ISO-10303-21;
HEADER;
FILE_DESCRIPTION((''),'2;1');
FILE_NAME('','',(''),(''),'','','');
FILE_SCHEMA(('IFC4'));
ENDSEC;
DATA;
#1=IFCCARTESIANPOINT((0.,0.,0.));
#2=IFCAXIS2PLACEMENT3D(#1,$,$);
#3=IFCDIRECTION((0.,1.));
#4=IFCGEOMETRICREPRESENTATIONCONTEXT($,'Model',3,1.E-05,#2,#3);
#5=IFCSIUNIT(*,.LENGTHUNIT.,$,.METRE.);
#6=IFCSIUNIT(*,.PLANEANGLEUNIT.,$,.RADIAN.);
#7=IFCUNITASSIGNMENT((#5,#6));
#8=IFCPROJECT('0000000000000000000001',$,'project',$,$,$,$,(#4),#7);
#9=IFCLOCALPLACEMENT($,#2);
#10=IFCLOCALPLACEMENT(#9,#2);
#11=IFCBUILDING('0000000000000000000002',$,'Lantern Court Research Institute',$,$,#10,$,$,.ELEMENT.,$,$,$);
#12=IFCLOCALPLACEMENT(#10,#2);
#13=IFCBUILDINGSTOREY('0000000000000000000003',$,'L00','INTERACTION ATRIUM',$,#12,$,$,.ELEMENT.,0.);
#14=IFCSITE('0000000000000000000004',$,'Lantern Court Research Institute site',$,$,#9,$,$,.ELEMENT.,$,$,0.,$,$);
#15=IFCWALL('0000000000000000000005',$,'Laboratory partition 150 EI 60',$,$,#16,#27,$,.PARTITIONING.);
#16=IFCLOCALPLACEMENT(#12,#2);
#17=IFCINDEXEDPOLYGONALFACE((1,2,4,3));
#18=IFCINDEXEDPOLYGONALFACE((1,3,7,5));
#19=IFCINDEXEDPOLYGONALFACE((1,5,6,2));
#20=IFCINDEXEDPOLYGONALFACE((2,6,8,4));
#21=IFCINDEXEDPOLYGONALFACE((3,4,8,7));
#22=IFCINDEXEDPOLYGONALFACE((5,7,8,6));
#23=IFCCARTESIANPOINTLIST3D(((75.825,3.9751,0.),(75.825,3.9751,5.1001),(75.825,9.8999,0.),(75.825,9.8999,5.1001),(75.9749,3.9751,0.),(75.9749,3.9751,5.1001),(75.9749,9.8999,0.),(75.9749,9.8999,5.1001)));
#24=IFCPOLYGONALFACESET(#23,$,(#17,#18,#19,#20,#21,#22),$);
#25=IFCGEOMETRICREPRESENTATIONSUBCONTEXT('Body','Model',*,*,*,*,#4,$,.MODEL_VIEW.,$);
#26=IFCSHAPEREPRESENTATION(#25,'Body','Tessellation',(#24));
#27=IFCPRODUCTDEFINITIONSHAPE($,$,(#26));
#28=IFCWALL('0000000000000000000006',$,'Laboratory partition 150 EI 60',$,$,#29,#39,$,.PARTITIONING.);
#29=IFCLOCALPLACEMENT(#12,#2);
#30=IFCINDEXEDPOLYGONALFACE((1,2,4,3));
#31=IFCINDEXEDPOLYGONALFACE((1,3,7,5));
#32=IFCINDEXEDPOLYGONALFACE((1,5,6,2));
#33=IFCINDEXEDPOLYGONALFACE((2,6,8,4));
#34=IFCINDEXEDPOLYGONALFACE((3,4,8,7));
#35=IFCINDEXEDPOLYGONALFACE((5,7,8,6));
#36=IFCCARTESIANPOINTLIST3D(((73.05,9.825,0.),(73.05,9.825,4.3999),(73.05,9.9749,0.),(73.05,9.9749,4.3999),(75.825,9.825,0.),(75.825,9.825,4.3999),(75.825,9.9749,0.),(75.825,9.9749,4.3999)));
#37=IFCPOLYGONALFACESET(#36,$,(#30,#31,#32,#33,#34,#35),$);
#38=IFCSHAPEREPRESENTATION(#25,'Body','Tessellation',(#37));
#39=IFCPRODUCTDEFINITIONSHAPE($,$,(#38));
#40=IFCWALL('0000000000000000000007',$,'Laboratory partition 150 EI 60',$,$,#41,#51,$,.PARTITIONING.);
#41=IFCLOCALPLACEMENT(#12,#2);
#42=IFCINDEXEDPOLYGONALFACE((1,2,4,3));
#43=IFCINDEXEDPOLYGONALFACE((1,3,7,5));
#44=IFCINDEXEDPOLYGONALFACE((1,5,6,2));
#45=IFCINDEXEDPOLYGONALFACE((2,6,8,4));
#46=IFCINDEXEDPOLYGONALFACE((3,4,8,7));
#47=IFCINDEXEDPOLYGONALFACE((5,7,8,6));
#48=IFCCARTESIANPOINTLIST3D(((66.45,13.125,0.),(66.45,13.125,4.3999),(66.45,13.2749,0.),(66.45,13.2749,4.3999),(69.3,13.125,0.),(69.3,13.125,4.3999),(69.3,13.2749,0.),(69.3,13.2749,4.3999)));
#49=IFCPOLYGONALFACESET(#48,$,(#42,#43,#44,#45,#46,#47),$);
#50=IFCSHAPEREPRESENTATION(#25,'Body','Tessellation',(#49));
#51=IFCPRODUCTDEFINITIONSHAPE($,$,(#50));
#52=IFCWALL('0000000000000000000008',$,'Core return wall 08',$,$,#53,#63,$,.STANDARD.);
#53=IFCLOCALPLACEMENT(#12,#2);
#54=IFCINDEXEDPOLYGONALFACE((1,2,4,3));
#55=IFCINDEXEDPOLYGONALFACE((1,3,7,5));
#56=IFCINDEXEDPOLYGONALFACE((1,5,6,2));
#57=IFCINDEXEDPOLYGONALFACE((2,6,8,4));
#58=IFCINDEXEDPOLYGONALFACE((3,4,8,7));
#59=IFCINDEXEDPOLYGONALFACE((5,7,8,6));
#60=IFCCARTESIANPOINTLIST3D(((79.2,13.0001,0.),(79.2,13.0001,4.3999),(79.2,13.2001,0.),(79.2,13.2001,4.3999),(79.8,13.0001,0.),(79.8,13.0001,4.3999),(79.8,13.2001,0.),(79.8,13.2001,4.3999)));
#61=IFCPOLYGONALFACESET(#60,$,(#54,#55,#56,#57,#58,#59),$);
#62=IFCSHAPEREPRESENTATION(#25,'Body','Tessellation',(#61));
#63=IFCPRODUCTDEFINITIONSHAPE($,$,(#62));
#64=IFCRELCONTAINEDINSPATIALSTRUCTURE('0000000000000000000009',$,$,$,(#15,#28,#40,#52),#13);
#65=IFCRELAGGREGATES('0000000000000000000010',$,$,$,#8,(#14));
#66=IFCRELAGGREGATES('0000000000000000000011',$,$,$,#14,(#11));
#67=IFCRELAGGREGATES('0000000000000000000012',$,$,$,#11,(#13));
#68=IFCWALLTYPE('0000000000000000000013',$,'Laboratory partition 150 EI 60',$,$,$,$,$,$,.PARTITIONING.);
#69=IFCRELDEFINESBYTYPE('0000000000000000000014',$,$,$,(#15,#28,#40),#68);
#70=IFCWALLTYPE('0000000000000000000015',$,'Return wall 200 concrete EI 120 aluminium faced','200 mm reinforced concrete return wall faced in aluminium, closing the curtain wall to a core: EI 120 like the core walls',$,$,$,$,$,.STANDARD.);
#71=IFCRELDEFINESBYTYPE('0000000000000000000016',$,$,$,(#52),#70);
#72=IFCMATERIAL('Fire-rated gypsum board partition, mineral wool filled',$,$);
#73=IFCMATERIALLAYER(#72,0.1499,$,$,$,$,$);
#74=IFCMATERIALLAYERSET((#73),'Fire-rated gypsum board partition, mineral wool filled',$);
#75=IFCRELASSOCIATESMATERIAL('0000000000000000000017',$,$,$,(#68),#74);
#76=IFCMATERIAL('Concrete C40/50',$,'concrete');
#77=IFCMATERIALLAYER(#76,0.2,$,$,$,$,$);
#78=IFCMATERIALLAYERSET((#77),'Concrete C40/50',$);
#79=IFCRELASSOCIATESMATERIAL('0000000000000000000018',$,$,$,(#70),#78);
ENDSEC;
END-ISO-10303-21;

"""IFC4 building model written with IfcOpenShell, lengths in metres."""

from ifc_helpers import new_model, si_unit, direction, frame, frame_2d, origin, place, context, subcontext, project, spatial, rectangle, extrude, material, layer, layer_set, type_object, element, save


model = new_model("IFC4")

# Units and contexts
model_context = context("Model", 3, precision=1e-05, world=origin(), true_north=direction((0.0, 1.0)))
body_context = subcontext(model_context, "Body", "Model", "MODEL_VIEW")
ifc_project = project(units=[si_unit("LENGTHUNIT", "METRE"), si_unit("PLANEANGLEUNIT", "RADIAN")], contexts=[model_context])

# Site, building, storey
site_placement = place(None, origin())
site = spatial("IfcSite", under=ifc_project, at=site_placement, Name="Lantern Court Research Institute site", CompositionType="ELEMENT", RefElevation=0.0)
building_placement = place(site_placement, origin())
building = spatial("IfcBuilding", under=site, at=building_placement, Name="Lantern Court Research Institute", CompositionType="ELEMENT")
storey_placement = place(building_placement, origin())
storey = spatial("IfcBuildingStorey", under=building, at=storey_placement, Name="L00", Description="INTERACTION ATRIUM", CompositionType="ELEMENT", Elevation=0.0)

# Shared definitions
ifc_material_1 = material(Name="Fire-rated gypsum board partition, mineral wool filled")
ifc_layer_1 = layer(ifc_material_1, 0.1499)
ifc_layer_set_1 = layer_set([ifc_layer_1], Name="Fire-rated gypsum board partition, mineral wool filled")
wall_type_1 = type_object("IfcWallType", Name="Laboratory partition 150 EI 60", PredefinedType="PARTITIONING", material=ifc_layer_set_1)

# Walls
wall_1_placement = place(storey_placement, frame((75.8999, 3.9751, 0.0), z_axis=(0.0, 0.0, 1.0), x_axis=(0.0, 1.0, 0.0)))
element("IfcWall", 1, at=wall_1_placement, inside=storey, type_object=wall_type_1, Name="Laboratory partition 150 EI 60", PredefinedType="PARTITIONING", context=body_context, shape_type="SweptSolid", body=[
    extrude(rectangle(XDim=5.9248, YDim=0.1499, at=frame_2d((2.9624, 0.0))), origin(), (0.0, 0.0, 1.0), 5.1001),
])
wall_2_placement = place(storey_placement, frame((75.825, 9.8999, 0.0), z_axis=(0.0, 0.0, 1.0), x_axis=(-1.0, 0.0, 0.0)))
element("IfcWall", 2, at=wall_2_placement, inside=storey, type_object=wall_type_1, Name="Laboratory partition 150 EI 60", PredefinedType="PARTITIONING", context=body_context, shape_type="SweptSolid", body=[
    extrude(rectangle(XDim=2.7749, YDim=0.1499, at=frame_2d((1.3875, 0.0))), origin(), (0.0, 0.0, 1.0), 4.3999),
])

# Walls
wall_3_placement = place(storey_placement, frame((69.3, 13.2, 0.0), z_axis=(0.0, 0.0, 1.0), x_axis=(-1.0, 0.0, 0.0)))
element("IfcWall", 3, at=wall_3_placement, inside=storey, type_object=wall_type_1, Name="Laboratory partition 150 EI 60", PredefinedType="PARTITIONING", context=body_context, shape_type="SweptSolid", body=[
    extrude(rectangle(XDim=2.8501, YDim=0.1499, at=frame_2d((1.425, 0.0))), origin(), (0.0, 0.0, 1.0), 4.3999),
])
ifc_material_2 = material(Name="Concrete C40/50", Category="concrete")
ifc_layer_2 = layer(ifc_material_2, 0.2)
ifc_layer_set_2 = layer_set([ifc_layer_2], Name="Concrete C40/50")
wall_type_2 = type_object("IfcWallType", Name="Return wall 200 concrete EI 120 aluminium faced", Description="200 mm reinforced concrete return wall faced in aluminium, closing the curtain wall to a core: EI 120 like the core walls", PredefinedType="STANDARD", material=ifc_layer_set_2)
wall_4_placement = place(storey_placement, frame((79.2, 13.1001, 0.0), z_axis=(0.0, 0.0, 1.0), x_axis=(1.0, 0.0, 0.0)))
element("IfcWall", 4, at=wall_4_placement, inside=storey, type_object=wall_type_2, Name="Core return wall 08", PredefinedType="STANDARD", context=body_context, shape_type="SweptSolid", body=[
    extrude(rectangle(XDim=0.6001, YDim=0.2, at=frame_2d((0.3, 0.0))), origin(), (0.0, 0.0, 1.0), 4.3999),
])

save(model, "model.ifc")
